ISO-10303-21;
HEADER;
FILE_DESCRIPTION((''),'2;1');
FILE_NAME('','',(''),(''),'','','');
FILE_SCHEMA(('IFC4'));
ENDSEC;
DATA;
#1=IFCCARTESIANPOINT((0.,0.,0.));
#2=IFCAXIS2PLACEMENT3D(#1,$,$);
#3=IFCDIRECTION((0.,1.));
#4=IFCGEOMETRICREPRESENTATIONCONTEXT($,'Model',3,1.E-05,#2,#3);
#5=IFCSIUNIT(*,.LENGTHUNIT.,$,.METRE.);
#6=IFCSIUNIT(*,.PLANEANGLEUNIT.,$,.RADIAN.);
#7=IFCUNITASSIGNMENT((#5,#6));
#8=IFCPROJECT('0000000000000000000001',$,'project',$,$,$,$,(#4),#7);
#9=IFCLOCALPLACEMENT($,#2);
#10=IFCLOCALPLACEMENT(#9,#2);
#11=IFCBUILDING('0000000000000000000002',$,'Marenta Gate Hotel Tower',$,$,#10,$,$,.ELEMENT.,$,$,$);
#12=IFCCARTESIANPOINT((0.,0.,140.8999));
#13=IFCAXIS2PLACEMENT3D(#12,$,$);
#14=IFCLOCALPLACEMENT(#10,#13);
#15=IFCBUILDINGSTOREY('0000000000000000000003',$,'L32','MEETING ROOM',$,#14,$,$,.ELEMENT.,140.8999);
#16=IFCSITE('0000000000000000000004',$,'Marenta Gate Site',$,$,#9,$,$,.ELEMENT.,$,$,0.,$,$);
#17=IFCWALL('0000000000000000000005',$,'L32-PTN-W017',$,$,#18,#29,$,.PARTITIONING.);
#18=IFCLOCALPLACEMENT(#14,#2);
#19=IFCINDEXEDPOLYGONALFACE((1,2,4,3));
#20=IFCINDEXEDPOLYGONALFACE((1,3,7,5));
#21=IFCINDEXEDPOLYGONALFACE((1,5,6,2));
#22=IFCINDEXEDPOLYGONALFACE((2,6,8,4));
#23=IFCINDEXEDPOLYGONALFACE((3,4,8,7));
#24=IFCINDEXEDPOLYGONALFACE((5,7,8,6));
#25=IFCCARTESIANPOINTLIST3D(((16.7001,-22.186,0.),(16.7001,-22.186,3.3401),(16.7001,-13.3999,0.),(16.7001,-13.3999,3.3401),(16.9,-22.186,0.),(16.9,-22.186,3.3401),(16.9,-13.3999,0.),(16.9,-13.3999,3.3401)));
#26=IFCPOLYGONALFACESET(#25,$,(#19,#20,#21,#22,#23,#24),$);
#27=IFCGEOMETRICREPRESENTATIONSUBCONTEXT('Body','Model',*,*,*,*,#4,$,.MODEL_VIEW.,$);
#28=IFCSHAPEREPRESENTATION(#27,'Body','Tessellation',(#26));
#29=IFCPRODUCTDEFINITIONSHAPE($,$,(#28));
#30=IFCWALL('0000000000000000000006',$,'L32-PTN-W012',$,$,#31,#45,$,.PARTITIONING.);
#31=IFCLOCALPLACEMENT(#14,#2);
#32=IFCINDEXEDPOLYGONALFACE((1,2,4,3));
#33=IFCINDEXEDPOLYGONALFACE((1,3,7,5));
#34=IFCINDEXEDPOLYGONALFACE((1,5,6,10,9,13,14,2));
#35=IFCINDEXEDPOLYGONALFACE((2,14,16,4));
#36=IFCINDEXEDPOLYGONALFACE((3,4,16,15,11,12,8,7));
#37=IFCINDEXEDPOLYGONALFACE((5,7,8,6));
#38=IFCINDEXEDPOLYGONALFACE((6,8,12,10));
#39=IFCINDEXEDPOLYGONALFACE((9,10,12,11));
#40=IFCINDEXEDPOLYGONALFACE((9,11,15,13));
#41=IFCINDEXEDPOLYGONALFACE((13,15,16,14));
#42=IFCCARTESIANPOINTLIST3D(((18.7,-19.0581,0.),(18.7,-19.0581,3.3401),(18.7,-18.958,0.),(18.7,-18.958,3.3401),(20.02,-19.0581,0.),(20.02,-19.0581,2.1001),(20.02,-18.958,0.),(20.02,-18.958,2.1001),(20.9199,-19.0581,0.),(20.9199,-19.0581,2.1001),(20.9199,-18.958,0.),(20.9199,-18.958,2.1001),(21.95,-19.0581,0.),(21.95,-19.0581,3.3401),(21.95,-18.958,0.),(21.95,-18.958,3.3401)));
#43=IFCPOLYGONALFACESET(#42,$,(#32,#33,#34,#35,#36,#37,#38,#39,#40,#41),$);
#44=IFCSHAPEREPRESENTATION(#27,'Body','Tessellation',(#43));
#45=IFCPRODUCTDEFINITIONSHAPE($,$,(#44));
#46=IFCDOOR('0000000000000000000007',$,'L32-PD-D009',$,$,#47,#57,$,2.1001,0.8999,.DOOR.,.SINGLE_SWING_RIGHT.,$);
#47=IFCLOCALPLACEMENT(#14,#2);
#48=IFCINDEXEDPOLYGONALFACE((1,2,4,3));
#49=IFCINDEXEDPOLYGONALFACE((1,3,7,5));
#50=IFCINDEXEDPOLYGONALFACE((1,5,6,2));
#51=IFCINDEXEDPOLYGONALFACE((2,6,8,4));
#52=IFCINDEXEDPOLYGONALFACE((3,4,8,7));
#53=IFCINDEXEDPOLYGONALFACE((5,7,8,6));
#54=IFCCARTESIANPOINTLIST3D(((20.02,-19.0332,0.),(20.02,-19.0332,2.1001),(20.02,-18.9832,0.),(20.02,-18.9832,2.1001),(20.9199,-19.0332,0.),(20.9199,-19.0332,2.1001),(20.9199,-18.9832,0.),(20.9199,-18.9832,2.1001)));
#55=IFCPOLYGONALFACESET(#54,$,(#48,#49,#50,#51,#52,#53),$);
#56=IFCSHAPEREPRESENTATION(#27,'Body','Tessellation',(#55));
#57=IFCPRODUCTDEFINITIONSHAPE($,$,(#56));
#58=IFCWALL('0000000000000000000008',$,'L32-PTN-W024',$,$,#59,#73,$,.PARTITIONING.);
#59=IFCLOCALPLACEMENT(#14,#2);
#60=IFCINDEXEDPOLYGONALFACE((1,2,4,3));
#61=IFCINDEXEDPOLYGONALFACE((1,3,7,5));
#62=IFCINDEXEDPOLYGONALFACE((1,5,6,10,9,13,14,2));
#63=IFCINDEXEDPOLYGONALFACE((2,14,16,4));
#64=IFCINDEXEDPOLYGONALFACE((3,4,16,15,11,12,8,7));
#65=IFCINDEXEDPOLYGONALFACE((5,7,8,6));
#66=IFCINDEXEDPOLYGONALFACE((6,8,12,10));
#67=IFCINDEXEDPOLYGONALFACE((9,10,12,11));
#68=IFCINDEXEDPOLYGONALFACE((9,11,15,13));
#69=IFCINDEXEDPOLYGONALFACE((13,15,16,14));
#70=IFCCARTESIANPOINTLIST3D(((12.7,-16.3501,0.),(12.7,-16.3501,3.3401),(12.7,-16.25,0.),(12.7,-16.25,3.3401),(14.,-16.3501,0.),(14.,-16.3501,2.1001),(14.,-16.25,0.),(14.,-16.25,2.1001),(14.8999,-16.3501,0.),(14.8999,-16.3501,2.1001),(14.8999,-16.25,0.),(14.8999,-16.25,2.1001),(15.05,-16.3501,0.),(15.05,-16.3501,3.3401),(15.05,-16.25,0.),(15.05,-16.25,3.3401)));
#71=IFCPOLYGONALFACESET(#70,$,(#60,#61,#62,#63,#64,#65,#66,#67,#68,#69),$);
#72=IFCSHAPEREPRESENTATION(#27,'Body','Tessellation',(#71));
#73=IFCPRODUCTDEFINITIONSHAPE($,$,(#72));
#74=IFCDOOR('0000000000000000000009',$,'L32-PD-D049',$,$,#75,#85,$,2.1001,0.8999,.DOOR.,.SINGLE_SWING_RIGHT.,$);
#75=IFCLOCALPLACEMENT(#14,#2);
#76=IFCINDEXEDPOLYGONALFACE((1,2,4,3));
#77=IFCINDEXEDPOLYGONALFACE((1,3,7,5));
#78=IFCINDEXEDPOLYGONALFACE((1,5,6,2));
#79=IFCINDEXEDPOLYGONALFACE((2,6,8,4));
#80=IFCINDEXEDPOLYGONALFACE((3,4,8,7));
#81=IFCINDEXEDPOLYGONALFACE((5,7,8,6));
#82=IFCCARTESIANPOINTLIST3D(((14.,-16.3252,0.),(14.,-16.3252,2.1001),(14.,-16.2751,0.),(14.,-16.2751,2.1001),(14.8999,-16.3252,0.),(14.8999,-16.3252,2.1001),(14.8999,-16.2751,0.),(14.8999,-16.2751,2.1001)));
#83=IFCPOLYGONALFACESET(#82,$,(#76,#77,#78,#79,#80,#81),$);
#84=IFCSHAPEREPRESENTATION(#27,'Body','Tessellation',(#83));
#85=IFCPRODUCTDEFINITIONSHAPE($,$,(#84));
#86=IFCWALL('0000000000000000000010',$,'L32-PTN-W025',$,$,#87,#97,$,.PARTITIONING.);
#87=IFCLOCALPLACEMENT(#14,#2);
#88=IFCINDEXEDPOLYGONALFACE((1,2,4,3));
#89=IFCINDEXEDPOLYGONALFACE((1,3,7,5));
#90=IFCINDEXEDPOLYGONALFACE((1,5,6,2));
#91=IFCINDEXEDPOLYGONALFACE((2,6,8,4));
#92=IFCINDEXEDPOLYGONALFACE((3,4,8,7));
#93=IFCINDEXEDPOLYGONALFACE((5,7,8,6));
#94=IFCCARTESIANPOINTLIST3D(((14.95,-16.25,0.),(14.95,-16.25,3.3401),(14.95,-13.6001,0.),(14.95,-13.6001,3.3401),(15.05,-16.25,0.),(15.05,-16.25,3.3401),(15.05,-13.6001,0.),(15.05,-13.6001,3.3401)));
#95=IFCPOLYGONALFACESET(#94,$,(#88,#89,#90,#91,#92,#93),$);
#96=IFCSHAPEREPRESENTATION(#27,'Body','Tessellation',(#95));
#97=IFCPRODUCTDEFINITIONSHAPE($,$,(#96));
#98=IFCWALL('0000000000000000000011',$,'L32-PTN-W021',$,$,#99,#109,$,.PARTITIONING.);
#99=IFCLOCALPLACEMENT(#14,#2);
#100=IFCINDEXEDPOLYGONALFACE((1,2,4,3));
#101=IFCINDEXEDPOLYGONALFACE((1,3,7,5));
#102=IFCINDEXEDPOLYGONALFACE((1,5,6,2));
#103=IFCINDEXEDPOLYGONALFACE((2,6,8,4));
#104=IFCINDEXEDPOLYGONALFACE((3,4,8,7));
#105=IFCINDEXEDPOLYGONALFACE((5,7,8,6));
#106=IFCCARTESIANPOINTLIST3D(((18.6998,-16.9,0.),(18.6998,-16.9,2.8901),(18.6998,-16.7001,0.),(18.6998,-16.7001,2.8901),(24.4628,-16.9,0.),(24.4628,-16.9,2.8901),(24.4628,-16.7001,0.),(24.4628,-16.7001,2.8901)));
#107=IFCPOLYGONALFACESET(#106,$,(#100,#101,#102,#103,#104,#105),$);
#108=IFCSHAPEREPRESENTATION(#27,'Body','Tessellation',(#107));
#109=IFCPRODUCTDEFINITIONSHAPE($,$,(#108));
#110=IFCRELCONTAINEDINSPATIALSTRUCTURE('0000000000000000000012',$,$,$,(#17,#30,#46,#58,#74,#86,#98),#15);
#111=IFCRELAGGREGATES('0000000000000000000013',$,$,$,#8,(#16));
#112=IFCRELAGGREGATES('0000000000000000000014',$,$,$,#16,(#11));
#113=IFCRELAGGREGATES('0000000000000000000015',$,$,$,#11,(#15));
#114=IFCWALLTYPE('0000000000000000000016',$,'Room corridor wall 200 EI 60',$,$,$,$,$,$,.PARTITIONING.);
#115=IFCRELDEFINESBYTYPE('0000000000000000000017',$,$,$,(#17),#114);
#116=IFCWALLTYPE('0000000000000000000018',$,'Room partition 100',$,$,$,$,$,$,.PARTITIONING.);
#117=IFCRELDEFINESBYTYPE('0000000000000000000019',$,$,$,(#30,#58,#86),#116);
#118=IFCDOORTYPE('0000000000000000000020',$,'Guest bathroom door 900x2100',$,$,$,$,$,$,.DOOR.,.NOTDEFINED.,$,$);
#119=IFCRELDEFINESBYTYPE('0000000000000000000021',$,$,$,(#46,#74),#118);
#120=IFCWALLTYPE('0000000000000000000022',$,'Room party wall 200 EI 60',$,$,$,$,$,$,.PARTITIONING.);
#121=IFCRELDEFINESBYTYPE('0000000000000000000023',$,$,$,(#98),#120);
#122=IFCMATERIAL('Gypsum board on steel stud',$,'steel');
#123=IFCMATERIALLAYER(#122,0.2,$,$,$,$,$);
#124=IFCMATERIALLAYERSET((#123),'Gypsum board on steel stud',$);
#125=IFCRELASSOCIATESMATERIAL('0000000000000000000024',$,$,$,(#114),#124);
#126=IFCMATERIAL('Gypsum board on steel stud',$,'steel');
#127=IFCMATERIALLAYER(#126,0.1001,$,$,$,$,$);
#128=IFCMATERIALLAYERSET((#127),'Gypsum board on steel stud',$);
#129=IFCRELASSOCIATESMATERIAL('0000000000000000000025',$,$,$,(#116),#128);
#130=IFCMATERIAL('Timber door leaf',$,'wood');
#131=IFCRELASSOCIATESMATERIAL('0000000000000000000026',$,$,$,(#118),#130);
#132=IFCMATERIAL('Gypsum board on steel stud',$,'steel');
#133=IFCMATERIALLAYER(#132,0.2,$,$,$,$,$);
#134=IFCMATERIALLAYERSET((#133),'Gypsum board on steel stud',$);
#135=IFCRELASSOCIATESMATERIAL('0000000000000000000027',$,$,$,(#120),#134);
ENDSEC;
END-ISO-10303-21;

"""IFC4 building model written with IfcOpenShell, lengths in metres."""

from ifc_helpers import new_model, si_unit, direction, frame, frame_2d, origin, place, context, subcontext, project, spatial, rectangle, extrude, material, layer, layer_set, type_object, element, fill, save


model = new_model("IFC4")

# Units and contexts
model_context = context("Model", 3, precision=1e-05, world=origin(), true_north=direction((0.0, 1.0)))
body_context = subcontext(model_context, "Body", "Model", "MODEL_VIEW")
ifc_project = project(units=[si_unit("LENGTHUNIT", "METRE"), si_unit("PLANEANGLEUNIT", "RADIAN")], contexts=[model_context])

# Site, building, storey
site_placement = place(None, origin())
site = spatial("IfcSite", under=ifc_project, at=site_placement, Name="Marenta Gate Site", CompositionType="ELEMENT", RefElevation=0.0)
building_placement = place(site_placement, origin())
building = spatial("IfcBuilding", under=site, at=building_placement, Name="Marenta Gate Hotel Tower", CompositionType="ELEMENT")
storey_placement = place(building_placement, frame((0.0, 0.0, 140.8999)))
storey = spatial("IfcBuildingStorey", under=building, at=storey_placement, Name="L32", Description="MEETING ROOM", CompositionType="ELEMENT", Elevation=140.8999)

# Shared definitions
ifc_material_1 = material(Name="Gypsum board on steel stud", Category="steel")
ifc_layer_1 = layer(ifc_material_1, 0.2)
ifc_layer_set_1 = layer_set([ifc_layer_1], Name="Gypsum board on steel stud")
wall_type_1 = type_object("IfcWallType", Name="Room corridor wall 200 EI 60", PredefinedType="PARTITIONING", material=ifc_layer_set_1)

# Wall
wall_1_placement = place(storey_placement, frame((16.8, -22.186, 0.0), z_axis=(0.0, 0.0, 1.0), x_axis=(0.0, 1.0, 0.0)))
element("IfcWall", 1, at=wall_1_placement, inside=storey, type_object=wall_type_1, Name="L32-PTN-W017", PredefinedType="PARTITIONING", context=body_context, shape_type="SweptSolid", body=[
    extrude(rectangle(XDim=8.7861, YDim=0.2, at=frame_2d((4.3931, 0.0))), origin(), (0.0, 0.0, 1.0), 3.3401),
])

# Walls, openings, doors
ifc_material_2 = material(Name="Gypsum board on steel stud", Category="steel")
ifc_layer_2 = layer(ifc_material_2, 0.1001)
ifc_layer_set_2 = layer_set([ifc_layer_2], Name="Gypsum board on steel stud")
wall_type_2 = type_object("IfcWallType", Name="Room partition 100", PredefinedType="PARTITIONING", material=ifc_layer_set_2)
wall_2_placement = place(storey_placement, frame((18.7, -19.0081, 0.0), z_axis=(0.0, 0.0, 1.0), x_axis=(1.0, 0.0, 0.0)))
wall_2 = element("IfcWall", 2, at=wall_2_placement, inside=storey, type_object=wall_type_2, Name="L32-PTN-W012", PredefinedType="PARTITIONING", context=body_context, shape_type="SweptSolid", body=[
    extrude(rectangle(XDim=3.25, YDim=0.1001, at=frame_2d((1.625, 0.0))), origin(), (0.0, 0.0, 1.0), 3.3401),
])
opening_1_placement = place(wall_2_placement, frame((1.3201, 0.0, 0.0)))
opening_1 = element("IfcOpeningElement", 3, at=opening_1_placement, cuts=wall_2, PredefinedType="OPENING", context=body_context, shape_type="SweptSolid", body=[
    extrude(rectangle(XDim=0.8999, YDim=2.1001, at=frame_2d((0.45, 1.05))), frame((0.0, 0.05, 0.0), z_axis=(0.0, -1.0, 0.0), x_axis=(1.0, 0.0, 0.0)), (0.0, 0.0, 1.0), 0.1001),
])
ifc_material_3 = material(Name="Timber door leaf", Category="wood")
door_type_1 = type_object("IfcDoorType", Name="Guest bathroom door 900x2100", OperationType="NOTDEFINED", PredefinedType="DOOR", material=ifc_material_3)
door_1_placement = place(opening_1_placement, origin())
door_1 = element("IfcDoor", 4, at=door_1_placement, inside=storey, type_object=door_type_1, Name="L32-PD-D009", OperationType="SINGLE_SWING_RIGHT", OverallHeight=2.1001, OverallWidth=0.8999, PredefinedType="DOOR", context=body_context, shape_type="SweptSolid", body=[
    extrude(rectangle(XDim=0.8999, YDim=2.1001, at=frame_2d((0.45, 1.05))), frame((0.0, 0.0249, 0.0), z_axis=(0.0, -1.0, 0.0), x_axis=(1.0, 0.0, 0.0)), (0.0, 0.0, 1.0), 0.05),
])
fill(opening_1, door_1)
wall_3_placement = place(storey_placement, frame((12.7, -16.3, 0.0), z_axis=(0.0, 0.0, 1.0), x_axis=(1.0, 0.0, 0.0)))
wall_3 = element("IfcWall", 5, at=wall_3_placement, inside=storey, type_object=wall_type_2, Name="L32-PTN-W024", PredefinedType="PARTITIONING", context=body_context, shape_type="SweptSolid", body=[
    extrude(rectangle(XDim=2.3501, YDim=0.1001, at=frame_2d((1.175, 0.0))), origin(), (0.0, 0.0, 1.0), 3.3401),
])
opening_2_placement = place(wall_3_placement, frame((1.3, 0.0, 0.0)))
opening_2 = element("IfcOpeningElement", 6, at=opening_2_placement, cuts=wall_3, PredefinedType="OPENING", context=body_context, shape_type="SweptSolid", body=[
    extrude(rectangle(XDim=0.8999, YDim=2.1001, at=frame_2d((0.45, 1.05))), frame((0.0, 0.05, 0.0), z_axis=(0.0, -1.0, 0.0), x_axis=(1.0, 0.0, 0.0)), (0.0, 0.0, 1.0), 0.1001),
])
door_2_placement = place(opening_2_placement, origin())
door_2 = element("IfcDoor", 7, at=door_2_placement, inside=storey, type_object=door_type_1, Name="L32-PD-D049", OperationType="SINGLE_SWING_RIGHT", OverallHeight=2.1001, OverallWidth=0.8999, PredefinedType="DOOR", context=body_context, shape_type="SweptSolid", body=[
    extrude(rectangle(XDim=0.8999, YDim=2.1001, at=frame_2d((0.45, 1.05))), frame((0.0, 0.0249, 0.0), z_axis=(0.0, -1.0, 0.0), x_axis=(1.0, 0.0, 0.0)), (0.0, 0.0, 1.0), 0.05),
])
fill(opening_2, door_2)

# Walls
wall_4_placement = place(storey_placement, frame((15.0, -16.25, 0.0), z_axis=(0.0, 0.0, 1.0), x_axis=(0.0, 1.0, 0.0)))
element("IfcWall", 8, at=wall_4_placement, inside=storey, type_object=wall_type_2, Name="L32-PTN-W025", PredefinedType="PARTITIONING", context=body_context, shape_type="SweptSolid", body=[
    extrude(rectangle(XDim=2.6499, YDim=0.1001, at=frame_2d((1.325, 0.0))), origin(), (0.0, 0.0, 1.0), 3.3401),
])
ifc_material_4 = material(Name="Gypsum board on steel stud", Category="steel")
ifc_layer_3 = layer(ifc_material_4, 0.2)
ifc_layer_set_3 = layer_set([ifc_layer_3], Name="Gypsum board on steel stud")
wall_type_3 = type_object("IfcWallType", Name="Room party wall 200 EI 60", PredefinedType="PARTITIONING", material=ifc_layer_set_3)
wall_5_placement = place(storey_placement, frame((18.7, -16.8, 0.0), z_axis=(0.0, 0.0, 1.0), x_axis=(1.0, 0.0, 0.0)))
element("IfcWall", 9, at=wall_5_placement, inside=storey, type_object=wall_type_3, Name="L32-PTN-W021", PredefinedType="PARTITIONING", context=body_context, shape_type="SweptSolid", body=[
    extrude(rectangle(XDim=5.7629, YDim=0.2, at=frame_2d((2.8813, 0.0))), origin(), (0.0, 0.0, 1.0), 2.8901),
])

save(model, "model.ifc")
